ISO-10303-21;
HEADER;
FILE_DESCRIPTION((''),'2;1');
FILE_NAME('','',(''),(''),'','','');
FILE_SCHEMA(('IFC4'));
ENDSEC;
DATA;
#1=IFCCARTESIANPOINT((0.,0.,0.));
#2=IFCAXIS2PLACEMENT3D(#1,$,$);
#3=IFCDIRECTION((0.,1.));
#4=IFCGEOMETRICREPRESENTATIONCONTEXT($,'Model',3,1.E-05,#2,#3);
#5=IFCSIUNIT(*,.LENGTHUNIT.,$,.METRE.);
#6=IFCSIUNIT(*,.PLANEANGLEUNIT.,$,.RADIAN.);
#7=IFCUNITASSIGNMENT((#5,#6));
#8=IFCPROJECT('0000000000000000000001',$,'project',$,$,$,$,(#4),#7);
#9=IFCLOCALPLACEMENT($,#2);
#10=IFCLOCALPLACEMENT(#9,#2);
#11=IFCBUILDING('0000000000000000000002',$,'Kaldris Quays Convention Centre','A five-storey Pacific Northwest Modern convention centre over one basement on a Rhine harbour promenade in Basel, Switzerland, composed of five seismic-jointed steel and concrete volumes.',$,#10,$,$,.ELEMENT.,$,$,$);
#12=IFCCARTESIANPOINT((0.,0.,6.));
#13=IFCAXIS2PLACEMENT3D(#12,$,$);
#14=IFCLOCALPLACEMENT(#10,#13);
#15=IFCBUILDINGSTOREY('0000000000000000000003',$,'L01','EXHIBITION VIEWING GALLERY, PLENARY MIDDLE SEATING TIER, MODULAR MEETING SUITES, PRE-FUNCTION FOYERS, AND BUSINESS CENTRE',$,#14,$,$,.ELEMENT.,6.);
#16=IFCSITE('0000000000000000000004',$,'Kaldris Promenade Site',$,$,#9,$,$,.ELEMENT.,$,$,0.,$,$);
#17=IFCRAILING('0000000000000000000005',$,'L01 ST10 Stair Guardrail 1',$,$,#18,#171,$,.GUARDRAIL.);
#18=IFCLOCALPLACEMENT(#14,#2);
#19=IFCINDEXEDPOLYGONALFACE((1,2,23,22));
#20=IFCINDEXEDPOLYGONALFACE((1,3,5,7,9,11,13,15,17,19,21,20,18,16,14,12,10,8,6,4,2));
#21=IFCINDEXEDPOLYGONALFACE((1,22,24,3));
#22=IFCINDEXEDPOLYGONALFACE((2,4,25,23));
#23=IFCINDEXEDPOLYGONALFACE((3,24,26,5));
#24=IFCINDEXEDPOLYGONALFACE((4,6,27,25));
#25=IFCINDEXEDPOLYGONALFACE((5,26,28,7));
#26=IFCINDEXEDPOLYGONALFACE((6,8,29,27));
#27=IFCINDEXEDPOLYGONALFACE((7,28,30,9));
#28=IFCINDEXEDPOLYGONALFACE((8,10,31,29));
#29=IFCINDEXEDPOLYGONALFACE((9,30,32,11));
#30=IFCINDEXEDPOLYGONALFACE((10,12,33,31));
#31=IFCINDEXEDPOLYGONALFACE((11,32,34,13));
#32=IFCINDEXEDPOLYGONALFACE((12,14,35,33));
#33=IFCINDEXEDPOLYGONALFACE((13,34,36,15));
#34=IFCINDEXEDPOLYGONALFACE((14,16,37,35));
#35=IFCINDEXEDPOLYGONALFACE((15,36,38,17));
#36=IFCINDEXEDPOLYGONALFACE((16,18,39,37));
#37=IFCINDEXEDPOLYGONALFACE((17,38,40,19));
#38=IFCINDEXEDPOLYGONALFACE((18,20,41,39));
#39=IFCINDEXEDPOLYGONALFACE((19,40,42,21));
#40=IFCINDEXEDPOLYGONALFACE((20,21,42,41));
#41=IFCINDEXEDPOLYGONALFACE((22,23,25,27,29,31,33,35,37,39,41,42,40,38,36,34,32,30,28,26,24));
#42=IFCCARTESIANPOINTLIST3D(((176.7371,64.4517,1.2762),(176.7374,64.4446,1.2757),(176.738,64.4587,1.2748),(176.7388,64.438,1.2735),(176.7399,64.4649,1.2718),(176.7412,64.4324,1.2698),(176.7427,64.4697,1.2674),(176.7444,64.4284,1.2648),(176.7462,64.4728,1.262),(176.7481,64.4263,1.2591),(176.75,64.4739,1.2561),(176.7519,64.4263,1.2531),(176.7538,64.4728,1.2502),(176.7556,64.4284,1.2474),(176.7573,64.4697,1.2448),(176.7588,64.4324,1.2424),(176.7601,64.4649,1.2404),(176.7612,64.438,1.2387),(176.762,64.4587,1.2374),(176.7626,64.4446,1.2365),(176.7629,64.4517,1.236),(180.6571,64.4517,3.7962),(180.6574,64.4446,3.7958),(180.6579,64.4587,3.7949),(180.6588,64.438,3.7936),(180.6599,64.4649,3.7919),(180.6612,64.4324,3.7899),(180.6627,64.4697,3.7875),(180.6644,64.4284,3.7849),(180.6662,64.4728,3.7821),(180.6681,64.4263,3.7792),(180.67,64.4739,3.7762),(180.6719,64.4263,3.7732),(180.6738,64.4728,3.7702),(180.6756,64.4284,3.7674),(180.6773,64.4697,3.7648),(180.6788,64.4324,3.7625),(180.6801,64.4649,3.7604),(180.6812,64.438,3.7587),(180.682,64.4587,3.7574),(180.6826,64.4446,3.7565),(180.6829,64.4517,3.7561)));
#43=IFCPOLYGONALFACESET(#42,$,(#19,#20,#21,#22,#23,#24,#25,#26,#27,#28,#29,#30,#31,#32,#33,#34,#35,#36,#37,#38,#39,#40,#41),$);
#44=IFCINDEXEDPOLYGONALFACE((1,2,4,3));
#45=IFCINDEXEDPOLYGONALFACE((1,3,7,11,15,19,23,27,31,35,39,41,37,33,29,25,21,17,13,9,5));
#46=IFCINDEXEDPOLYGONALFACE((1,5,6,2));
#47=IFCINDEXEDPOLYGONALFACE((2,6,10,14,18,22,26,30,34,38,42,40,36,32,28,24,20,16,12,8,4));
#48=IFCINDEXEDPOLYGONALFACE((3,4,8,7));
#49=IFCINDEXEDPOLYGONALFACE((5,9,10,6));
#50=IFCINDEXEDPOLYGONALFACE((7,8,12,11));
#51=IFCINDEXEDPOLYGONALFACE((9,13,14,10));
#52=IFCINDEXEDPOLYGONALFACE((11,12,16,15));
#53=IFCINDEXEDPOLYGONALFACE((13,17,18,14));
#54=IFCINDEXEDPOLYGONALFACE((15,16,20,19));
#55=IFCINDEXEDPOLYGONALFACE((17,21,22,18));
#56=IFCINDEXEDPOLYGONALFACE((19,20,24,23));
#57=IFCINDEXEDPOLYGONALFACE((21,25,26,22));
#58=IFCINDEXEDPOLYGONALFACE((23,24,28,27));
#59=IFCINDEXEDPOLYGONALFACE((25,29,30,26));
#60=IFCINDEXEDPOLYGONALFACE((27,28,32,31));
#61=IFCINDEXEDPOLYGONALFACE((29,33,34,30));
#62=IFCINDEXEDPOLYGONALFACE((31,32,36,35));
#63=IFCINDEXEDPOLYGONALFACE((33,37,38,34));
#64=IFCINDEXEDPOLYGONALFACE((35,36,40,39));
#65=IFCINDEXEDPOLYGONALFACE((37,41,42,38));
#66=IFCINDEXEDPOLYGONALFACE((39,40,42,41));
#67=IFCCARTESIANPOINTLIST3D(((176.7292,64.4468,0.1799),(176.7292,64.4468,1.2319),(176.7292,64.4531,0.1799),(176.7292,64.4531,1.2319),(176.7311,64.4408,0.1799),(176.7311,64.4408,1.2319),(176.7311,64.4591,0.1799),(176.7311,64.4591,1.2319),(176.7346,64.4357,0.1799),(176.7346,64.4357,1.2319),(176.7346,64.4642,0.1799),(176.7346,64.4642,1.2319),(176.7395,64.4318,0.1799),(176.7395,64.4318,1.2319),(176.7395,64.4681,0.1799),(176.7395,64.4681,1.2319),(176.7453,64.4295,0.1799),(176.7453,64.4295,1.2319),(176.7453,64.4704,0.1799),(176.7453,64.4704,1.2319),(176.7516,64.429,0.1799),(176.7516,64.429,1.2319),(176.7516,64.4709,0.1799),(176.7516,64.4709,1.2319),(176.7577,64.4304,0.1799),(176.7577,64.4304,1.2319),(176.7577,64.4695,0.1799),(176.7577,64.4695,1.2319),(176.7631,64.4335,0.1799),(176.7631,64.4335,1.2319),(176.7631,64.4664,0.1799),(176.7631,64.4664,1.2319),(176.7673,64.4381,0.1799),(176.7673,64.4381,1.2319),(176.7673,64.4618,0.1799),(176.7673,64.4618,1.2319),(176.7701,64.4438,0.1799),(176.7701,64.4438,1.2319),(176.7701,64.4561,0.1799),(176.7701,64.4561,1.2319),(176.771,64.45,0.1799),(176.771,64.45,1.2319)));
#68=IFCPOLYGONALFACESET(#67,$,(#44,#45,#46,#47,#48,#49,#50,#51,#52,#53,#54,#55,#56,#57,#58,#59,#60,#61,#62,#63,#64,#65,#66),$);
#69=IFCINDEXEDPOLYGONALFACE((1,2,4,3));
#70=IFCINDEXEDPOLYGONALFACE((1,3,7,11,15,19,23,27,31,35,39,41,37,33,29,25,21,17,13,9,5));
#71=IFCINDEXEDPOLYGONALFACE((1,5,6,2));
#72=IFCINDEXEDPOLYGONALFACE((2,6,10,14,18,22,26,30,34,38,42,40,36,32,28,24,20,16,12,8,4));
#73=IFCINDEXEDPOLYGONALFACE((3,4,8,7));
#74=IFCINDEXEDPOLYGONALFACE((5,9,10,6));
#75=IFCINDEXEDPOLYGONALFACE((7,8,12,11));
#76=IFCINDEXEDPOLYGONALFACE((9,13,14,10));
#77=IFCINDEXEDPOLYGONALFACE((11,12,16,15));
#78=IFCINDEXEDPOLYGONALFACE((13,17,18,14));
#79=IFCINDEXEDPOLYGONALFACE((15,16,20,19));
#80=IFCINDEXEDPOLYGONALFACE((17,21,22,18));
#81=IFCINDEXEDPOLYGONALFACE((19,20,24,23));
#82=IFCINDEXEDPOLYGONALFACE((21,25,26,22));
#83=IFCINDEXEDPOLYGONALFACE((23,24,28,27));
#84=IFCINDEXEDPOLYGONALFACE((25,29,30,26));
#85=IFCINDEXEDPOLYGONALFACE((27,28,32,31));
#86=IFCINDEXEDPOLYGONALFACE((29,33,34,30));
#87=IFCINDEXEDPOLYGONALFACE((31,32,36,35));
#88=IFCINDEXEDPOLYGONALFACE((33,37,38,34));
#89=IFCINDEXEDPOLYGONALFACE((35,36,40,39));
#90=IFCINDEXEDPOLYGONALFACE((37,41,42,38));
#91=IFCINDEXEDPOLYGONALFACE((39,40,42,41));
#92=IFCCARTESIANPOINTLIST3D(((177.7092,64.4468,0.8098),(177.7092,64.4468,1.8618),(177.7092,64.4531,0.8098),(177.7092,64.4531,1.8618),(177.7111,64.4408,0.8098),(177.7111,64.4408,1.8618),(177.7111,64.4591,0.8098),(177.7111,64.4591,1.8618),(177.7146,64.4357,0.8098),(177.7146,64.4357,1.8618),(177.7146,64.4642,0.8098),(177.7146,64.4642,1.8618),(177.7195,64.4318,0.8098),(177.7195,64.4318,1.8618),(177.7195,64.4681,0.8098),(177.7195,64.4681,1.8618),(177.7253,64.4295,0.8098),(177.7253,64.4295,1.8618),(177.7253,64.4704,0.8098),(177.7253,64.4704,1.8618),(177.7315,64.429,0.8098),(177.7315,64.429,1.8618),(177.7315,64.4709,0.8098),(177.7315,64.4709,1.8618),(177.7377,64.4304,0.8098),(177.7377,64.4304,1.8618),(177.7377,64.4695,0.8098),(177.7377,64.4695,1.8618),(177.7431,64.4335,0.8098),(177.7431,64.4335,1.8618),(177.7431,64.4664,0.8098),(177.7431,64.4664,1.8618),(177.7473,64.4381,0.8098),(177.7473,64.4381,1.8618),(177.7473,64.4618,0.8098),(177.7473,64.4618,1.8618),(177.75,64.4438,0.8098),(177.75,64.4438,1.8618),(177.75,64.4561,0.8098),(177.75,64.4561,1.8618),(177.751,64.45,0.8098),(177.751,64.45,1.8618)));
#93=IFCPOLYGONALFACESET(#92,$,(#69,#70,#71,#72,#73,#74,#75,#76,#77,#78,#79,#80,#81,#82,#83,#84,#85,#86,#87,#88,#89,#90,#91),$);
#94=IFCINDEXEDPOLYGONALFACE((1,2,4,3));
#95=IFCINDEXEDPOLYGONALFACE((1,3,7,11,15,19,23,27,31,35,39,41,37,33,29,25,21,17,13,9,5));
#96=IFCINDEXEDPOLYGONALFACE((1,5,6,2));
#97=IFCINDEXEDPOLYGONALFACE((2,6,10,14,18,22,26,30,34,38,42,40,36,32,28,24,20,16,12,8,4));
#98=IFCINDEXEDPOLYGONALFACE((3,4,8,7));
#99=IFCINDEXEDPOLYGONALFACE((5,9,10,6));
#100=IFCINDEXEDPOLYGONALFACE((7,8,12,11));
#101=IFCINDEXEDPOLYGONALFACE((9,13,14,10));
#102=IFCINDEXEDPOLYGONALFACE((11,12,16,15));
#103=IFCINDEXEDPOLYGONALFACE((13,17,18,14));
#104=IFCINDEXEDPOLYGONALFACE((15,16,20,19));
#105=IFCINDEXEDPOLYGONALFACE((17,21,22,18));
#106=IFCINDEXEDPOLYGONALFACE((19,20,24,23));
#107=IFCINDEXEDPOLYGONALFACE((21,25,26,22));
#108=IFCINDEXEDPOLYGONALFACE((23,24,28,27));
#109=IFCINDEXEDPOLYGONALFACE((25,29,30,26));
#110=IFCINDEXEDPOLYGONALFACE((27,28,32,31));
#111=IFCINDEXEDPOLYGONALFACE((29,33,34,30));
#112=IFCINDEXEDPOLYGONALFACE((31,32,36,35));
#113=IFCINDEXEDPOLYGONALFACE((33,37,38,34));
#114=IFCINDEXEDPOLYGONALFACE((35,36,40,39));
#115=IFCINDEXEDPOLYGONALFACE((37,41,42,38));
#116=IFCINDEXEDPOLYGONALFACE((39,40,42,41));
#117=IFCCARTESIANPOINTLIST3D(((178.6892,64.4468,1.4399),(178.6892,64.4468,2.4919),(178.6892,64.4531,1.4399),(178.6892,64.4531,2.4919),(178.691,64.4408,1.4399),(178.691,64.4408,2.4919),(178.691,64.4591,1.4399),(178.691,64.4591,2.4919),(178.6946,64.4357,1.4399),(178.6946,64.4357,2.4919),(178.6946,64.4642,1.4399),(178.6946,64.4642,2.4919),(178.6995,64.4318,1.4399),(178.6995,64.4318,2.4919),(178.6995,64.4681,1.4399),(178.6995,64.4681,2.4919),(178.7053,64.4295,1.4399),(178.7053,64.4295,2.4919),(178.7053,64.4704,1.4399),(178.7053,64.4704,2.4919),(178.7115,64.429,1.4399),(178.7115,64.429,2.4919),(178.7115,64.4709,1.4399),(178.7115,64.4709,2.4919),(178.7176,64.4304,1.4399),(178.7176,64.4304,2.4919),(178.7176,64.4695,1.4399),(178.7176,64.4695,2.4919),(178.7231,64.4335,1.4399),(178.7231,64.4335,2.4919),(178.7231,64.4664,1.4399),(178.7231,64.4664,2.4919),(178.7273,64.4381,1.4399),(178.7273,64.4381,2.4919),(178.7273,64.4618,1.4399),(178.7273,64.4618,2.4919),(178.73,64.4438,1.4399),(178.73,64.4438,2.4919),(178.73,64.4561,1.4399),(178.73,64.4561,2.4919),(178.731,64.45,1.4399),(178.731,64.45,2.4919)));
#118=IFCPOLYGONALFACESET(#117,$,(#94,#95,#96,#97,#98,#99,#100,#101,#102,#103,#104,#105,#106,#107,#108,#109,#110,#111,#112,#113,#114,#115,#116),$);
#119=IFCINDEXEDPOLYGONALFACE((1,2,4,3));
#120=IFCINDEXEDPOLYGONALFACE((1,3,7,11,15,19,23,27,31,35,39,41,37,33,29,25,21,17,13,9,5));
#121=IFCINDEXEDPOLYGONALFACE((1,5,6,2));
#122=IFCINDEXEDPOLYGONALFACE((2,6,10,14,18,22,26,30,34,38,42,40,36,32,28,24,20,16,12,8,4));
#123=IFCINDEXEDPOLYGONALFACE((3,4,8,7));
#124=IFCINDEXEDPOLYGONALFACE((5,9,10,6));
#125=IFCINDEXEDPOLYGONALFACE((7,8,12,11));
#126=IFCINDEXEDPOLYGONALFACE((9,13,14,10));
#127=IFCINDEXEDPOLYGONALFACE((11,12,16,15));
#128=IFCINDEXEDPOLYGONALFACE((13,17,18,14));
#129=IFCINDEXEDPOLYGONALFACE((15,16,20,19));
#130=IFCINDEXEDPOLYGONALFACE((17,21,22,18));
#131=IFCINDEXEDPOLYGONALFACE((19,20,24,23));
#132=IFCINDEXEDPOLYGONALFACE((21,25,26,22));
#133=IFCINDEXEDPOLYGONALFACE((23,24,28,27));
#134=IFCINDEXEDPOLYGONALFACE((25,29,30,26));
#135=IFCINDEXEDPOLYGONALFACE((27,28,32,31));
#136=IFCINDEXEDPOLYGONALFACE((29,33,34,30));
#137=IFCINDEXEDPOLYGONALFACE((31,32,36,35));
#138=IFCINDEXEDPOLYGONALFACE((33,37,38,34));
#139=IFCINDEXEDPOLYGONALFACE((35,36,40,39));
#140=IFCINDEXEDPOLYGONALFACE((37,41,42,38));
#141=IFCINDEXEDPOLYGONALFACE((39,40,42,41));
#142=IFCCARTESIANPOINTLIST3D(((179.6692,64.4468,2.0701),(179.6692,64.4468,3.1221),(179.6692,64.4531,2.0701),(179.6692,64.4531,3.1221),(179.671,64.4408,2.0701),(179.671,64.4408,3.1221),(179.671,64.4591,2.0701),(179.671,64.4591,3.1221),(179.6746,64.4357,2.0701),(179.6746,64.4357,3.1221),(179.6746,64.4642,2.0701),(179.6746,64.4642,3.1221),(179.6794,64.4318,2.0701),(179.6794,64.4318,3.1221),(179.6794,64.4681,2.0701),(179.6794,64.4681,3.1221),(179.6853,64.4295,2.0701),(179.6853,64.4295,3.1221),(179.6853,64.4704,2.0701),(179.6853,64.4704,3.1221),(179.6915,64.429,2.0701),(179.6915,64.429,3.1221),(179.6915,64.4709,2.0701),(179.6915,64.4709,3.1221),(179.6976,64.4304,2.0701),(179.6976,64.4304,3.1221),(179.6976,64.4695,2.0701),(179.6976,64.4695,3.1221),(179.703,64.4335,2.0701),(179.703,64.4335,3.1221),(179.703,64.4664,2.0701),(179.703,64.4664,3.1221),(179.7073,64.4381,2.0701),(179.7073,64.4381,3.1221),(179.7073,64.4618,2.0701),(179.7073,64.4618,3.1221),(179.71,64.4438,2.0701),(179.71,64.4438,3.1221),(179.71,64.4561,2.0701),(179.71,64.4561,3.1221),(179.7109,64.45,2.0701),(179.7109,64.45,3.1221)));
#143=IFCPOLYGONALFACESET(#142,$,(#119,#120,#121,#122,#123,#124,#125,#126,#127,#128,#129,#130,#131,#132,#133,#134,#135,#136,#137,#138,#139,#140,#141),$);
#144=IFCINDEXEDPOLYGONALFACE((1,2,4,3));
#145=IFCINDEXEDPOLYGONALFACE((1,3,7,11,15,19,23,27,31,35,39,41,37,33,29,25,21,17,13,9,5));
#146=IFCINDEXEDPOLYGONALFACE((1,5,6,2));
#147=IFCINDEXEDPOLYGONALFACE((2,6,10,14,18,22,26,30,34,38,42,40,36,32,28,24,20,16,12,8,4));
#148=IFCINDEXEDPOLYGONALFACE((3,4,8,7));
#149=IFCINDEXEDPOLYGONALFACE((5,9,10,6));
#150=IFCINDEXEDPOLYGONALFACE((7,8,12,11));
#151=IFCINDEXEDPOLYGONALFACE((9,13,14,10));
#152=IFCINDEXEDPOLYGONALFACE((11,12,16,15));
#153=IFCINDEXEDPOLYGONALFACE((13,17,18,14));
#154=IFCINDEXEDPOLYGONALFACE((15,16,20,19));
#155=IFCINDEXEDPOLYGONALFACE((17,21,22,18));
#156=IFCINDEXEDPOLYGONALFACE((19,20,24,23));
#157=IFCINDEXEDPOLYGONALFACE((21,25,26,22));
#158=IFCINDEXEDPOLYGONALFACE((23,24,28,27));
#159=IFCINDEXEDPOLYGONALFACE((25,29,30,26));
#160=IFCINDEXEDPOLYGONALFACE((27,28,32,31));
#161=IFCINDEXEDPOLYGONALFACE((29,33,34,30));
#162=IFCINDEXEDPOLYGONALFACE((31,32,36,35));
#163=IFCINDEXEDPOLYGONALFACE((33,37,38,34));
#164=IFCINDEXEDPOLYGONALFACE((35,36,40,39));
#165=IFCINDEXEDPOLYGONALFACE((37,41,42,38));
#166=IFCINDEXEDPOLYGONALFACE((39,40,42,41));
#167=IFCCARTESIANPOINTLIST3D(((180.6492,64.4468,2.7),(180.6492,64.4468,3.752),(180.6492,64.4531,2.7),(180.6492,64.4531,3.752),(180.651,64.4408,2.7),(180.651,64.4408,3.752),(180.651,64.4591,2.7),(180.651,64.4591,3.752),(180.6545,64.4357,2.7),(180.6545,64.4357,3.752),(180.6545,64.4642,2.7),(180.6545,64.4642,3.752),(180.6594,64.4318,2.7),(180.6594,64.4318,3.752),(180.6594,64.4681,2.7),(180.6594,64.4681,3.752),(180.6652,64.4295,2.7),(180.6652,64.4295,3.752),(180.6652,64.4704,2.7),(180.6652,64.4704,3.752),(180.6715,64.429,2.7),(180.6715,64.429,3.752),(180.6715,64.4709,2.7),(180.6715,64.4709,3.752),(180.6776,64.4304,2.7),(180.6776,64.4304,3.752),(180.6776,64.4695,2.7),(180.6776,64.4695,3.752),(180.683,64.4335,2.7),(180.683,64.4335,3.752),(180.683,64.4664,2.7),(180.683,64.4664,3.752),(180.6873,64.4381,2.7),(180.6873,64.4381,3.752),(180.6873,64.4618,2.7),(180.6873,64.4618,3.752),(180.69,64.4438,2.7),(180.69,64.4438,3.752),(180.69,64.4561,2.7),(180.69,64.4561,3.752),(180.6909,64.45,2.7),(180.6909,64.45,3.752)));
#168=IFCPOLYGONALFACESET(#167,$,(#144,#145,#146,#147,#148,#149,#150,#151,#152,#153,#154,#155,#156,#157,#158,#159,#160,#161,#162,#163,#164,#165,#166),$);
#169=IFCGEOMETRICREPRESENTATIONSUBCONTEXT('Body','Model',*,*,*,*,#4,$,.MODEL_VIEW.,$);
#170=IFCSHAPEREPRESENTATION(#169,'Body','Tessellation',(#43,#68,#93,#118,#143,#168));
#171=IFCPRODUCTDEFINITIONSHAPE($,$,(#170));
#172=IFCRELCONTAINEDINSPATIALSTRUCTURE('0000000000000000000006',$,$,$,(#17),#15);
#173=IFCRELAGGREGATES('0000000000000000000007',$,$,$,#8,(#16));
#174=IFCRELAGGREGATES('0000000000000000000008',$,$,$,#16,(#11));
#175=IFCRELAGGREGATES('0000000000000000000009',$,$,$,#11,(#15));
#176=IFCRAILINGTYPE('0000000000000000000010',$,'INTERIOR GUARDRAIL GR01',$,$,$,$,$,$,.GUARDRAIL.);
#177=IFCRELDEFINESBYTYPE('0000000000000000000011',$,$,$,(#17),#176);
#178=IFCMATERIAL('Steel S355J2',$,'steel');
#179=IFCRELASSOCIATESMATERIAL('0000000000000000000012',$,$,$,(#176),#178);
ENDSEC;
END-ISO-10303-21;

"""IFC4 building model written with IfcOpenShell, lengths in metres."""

from ifc_helpers import new_model, si_unit, direction, frame, origin, origin_2d, place, context, subcontext, project, spatial, circle, extrude, material, type_object, element, save


model = new_model("IFC4")

# Units and contexts
model_context = context("Model", 3, precision=1e-05, world=origin(), true_north=direction((0.0, 1.0)))
body_context = subcontext(model_context, "Body", "Model", "MODEL_VIEW")
ifc_project = project(units=[si_unit("LENGTHUNIT", "METRE"), si_unit("PLANEANGLEUNIT", "RADIAN")], contexts=[model_context])

# Site, building, storey
site_placement = place(None, origin())
site = spatial("IfcSite", under=ifc_project, at=site_placement, Name="Kaldris Promenade Site", CompositionType="ELEMENT", RefElevation=0.0)
building_placement = place(site_placement, origin())
building = spatial("IfcBuilding", under=site, at=building_placement, Name="Kaldris Quays Convention Centre", Description="A five-storey Pacific Northwest Modern convention centre over one basement on a Rhine harbour promenade in Basel, Switzerland, composed of five seismic-jointed steel and concrete volumes.", CompositionType="ELEMENT")
storey_placement = place(building_placement, frame((0.0, 0.0, 6.0)))
storey = spatial("IfcBuildingStorey", under=building, at=storey_placement, Name="L01", Description="EXHIBITION VIEWING GALLERY, PLENARY MIDDLE SEATING TIER, MODULAR MEETING SUITES, PRE-FUNCTION FOYERS, AND BUSINESS CENTRE", CompositionType="ELEMENT", Elevation=6.0)

# Shared definitions
ifc_material_1 = material(Name="Steel S355J2", Category="steel")

# Railing
railing_type_1 = type_object("IfcRailingType", Name="INTERIOR GUARDRAIL GR01", PredefinedType="GUARDRAIL", material=ifc_material_1)
railing_1_placement = place(storey_placement, frame((176.75, 64.45, 0.1799)))
element("IfcRailing", 1, at=railing_1_placement, inside=storey, type_object=railing_type_1, Name="L01 ST10 Stair Guardrail 1", PredefinedType="GUARDRAIL", context=body_context, shape_type="SweptSolid", body=[
    extrude(circle(Radius=0.0239, at=origin_2d()), frame((0.0, 0.0, 1.0762), z_axis=(0.841172, 0.0, 0.540768), x_axis=(0.0, 1.0, 0.0)), (0.0, 0.0, 1.0), 4.6602),
    extrude(circle(Radius=0.021, at=origin_2d()), origin(), (0.0, 0.0, 1.0), 1.052),
    extrude(circle(Radius=0.021, at=origin_2d()), frame((0.98, 0.0, 0.6299)), (0.0, 0.0, 1.0), 1.052),
    extrude(circle(Radius=0.021, at=origin_2d()), frame((1.96, 0.0, 1.26)), (0.0, 0.0, 1.0), 1.052),
    extrude(circle(Radius=0.021, at=origin_2d()), frame((2.9399, 0.0, 1.8901)), (0.0, 0.0, 1.0), 1.052),
    extrude(circle(Radius=0.021, at=origin_2d()), frame((3.9199, 0.0, 2.52)), (0.0, 0.0, 1.0), 1.052),
])

save(model, "model.ifc")
